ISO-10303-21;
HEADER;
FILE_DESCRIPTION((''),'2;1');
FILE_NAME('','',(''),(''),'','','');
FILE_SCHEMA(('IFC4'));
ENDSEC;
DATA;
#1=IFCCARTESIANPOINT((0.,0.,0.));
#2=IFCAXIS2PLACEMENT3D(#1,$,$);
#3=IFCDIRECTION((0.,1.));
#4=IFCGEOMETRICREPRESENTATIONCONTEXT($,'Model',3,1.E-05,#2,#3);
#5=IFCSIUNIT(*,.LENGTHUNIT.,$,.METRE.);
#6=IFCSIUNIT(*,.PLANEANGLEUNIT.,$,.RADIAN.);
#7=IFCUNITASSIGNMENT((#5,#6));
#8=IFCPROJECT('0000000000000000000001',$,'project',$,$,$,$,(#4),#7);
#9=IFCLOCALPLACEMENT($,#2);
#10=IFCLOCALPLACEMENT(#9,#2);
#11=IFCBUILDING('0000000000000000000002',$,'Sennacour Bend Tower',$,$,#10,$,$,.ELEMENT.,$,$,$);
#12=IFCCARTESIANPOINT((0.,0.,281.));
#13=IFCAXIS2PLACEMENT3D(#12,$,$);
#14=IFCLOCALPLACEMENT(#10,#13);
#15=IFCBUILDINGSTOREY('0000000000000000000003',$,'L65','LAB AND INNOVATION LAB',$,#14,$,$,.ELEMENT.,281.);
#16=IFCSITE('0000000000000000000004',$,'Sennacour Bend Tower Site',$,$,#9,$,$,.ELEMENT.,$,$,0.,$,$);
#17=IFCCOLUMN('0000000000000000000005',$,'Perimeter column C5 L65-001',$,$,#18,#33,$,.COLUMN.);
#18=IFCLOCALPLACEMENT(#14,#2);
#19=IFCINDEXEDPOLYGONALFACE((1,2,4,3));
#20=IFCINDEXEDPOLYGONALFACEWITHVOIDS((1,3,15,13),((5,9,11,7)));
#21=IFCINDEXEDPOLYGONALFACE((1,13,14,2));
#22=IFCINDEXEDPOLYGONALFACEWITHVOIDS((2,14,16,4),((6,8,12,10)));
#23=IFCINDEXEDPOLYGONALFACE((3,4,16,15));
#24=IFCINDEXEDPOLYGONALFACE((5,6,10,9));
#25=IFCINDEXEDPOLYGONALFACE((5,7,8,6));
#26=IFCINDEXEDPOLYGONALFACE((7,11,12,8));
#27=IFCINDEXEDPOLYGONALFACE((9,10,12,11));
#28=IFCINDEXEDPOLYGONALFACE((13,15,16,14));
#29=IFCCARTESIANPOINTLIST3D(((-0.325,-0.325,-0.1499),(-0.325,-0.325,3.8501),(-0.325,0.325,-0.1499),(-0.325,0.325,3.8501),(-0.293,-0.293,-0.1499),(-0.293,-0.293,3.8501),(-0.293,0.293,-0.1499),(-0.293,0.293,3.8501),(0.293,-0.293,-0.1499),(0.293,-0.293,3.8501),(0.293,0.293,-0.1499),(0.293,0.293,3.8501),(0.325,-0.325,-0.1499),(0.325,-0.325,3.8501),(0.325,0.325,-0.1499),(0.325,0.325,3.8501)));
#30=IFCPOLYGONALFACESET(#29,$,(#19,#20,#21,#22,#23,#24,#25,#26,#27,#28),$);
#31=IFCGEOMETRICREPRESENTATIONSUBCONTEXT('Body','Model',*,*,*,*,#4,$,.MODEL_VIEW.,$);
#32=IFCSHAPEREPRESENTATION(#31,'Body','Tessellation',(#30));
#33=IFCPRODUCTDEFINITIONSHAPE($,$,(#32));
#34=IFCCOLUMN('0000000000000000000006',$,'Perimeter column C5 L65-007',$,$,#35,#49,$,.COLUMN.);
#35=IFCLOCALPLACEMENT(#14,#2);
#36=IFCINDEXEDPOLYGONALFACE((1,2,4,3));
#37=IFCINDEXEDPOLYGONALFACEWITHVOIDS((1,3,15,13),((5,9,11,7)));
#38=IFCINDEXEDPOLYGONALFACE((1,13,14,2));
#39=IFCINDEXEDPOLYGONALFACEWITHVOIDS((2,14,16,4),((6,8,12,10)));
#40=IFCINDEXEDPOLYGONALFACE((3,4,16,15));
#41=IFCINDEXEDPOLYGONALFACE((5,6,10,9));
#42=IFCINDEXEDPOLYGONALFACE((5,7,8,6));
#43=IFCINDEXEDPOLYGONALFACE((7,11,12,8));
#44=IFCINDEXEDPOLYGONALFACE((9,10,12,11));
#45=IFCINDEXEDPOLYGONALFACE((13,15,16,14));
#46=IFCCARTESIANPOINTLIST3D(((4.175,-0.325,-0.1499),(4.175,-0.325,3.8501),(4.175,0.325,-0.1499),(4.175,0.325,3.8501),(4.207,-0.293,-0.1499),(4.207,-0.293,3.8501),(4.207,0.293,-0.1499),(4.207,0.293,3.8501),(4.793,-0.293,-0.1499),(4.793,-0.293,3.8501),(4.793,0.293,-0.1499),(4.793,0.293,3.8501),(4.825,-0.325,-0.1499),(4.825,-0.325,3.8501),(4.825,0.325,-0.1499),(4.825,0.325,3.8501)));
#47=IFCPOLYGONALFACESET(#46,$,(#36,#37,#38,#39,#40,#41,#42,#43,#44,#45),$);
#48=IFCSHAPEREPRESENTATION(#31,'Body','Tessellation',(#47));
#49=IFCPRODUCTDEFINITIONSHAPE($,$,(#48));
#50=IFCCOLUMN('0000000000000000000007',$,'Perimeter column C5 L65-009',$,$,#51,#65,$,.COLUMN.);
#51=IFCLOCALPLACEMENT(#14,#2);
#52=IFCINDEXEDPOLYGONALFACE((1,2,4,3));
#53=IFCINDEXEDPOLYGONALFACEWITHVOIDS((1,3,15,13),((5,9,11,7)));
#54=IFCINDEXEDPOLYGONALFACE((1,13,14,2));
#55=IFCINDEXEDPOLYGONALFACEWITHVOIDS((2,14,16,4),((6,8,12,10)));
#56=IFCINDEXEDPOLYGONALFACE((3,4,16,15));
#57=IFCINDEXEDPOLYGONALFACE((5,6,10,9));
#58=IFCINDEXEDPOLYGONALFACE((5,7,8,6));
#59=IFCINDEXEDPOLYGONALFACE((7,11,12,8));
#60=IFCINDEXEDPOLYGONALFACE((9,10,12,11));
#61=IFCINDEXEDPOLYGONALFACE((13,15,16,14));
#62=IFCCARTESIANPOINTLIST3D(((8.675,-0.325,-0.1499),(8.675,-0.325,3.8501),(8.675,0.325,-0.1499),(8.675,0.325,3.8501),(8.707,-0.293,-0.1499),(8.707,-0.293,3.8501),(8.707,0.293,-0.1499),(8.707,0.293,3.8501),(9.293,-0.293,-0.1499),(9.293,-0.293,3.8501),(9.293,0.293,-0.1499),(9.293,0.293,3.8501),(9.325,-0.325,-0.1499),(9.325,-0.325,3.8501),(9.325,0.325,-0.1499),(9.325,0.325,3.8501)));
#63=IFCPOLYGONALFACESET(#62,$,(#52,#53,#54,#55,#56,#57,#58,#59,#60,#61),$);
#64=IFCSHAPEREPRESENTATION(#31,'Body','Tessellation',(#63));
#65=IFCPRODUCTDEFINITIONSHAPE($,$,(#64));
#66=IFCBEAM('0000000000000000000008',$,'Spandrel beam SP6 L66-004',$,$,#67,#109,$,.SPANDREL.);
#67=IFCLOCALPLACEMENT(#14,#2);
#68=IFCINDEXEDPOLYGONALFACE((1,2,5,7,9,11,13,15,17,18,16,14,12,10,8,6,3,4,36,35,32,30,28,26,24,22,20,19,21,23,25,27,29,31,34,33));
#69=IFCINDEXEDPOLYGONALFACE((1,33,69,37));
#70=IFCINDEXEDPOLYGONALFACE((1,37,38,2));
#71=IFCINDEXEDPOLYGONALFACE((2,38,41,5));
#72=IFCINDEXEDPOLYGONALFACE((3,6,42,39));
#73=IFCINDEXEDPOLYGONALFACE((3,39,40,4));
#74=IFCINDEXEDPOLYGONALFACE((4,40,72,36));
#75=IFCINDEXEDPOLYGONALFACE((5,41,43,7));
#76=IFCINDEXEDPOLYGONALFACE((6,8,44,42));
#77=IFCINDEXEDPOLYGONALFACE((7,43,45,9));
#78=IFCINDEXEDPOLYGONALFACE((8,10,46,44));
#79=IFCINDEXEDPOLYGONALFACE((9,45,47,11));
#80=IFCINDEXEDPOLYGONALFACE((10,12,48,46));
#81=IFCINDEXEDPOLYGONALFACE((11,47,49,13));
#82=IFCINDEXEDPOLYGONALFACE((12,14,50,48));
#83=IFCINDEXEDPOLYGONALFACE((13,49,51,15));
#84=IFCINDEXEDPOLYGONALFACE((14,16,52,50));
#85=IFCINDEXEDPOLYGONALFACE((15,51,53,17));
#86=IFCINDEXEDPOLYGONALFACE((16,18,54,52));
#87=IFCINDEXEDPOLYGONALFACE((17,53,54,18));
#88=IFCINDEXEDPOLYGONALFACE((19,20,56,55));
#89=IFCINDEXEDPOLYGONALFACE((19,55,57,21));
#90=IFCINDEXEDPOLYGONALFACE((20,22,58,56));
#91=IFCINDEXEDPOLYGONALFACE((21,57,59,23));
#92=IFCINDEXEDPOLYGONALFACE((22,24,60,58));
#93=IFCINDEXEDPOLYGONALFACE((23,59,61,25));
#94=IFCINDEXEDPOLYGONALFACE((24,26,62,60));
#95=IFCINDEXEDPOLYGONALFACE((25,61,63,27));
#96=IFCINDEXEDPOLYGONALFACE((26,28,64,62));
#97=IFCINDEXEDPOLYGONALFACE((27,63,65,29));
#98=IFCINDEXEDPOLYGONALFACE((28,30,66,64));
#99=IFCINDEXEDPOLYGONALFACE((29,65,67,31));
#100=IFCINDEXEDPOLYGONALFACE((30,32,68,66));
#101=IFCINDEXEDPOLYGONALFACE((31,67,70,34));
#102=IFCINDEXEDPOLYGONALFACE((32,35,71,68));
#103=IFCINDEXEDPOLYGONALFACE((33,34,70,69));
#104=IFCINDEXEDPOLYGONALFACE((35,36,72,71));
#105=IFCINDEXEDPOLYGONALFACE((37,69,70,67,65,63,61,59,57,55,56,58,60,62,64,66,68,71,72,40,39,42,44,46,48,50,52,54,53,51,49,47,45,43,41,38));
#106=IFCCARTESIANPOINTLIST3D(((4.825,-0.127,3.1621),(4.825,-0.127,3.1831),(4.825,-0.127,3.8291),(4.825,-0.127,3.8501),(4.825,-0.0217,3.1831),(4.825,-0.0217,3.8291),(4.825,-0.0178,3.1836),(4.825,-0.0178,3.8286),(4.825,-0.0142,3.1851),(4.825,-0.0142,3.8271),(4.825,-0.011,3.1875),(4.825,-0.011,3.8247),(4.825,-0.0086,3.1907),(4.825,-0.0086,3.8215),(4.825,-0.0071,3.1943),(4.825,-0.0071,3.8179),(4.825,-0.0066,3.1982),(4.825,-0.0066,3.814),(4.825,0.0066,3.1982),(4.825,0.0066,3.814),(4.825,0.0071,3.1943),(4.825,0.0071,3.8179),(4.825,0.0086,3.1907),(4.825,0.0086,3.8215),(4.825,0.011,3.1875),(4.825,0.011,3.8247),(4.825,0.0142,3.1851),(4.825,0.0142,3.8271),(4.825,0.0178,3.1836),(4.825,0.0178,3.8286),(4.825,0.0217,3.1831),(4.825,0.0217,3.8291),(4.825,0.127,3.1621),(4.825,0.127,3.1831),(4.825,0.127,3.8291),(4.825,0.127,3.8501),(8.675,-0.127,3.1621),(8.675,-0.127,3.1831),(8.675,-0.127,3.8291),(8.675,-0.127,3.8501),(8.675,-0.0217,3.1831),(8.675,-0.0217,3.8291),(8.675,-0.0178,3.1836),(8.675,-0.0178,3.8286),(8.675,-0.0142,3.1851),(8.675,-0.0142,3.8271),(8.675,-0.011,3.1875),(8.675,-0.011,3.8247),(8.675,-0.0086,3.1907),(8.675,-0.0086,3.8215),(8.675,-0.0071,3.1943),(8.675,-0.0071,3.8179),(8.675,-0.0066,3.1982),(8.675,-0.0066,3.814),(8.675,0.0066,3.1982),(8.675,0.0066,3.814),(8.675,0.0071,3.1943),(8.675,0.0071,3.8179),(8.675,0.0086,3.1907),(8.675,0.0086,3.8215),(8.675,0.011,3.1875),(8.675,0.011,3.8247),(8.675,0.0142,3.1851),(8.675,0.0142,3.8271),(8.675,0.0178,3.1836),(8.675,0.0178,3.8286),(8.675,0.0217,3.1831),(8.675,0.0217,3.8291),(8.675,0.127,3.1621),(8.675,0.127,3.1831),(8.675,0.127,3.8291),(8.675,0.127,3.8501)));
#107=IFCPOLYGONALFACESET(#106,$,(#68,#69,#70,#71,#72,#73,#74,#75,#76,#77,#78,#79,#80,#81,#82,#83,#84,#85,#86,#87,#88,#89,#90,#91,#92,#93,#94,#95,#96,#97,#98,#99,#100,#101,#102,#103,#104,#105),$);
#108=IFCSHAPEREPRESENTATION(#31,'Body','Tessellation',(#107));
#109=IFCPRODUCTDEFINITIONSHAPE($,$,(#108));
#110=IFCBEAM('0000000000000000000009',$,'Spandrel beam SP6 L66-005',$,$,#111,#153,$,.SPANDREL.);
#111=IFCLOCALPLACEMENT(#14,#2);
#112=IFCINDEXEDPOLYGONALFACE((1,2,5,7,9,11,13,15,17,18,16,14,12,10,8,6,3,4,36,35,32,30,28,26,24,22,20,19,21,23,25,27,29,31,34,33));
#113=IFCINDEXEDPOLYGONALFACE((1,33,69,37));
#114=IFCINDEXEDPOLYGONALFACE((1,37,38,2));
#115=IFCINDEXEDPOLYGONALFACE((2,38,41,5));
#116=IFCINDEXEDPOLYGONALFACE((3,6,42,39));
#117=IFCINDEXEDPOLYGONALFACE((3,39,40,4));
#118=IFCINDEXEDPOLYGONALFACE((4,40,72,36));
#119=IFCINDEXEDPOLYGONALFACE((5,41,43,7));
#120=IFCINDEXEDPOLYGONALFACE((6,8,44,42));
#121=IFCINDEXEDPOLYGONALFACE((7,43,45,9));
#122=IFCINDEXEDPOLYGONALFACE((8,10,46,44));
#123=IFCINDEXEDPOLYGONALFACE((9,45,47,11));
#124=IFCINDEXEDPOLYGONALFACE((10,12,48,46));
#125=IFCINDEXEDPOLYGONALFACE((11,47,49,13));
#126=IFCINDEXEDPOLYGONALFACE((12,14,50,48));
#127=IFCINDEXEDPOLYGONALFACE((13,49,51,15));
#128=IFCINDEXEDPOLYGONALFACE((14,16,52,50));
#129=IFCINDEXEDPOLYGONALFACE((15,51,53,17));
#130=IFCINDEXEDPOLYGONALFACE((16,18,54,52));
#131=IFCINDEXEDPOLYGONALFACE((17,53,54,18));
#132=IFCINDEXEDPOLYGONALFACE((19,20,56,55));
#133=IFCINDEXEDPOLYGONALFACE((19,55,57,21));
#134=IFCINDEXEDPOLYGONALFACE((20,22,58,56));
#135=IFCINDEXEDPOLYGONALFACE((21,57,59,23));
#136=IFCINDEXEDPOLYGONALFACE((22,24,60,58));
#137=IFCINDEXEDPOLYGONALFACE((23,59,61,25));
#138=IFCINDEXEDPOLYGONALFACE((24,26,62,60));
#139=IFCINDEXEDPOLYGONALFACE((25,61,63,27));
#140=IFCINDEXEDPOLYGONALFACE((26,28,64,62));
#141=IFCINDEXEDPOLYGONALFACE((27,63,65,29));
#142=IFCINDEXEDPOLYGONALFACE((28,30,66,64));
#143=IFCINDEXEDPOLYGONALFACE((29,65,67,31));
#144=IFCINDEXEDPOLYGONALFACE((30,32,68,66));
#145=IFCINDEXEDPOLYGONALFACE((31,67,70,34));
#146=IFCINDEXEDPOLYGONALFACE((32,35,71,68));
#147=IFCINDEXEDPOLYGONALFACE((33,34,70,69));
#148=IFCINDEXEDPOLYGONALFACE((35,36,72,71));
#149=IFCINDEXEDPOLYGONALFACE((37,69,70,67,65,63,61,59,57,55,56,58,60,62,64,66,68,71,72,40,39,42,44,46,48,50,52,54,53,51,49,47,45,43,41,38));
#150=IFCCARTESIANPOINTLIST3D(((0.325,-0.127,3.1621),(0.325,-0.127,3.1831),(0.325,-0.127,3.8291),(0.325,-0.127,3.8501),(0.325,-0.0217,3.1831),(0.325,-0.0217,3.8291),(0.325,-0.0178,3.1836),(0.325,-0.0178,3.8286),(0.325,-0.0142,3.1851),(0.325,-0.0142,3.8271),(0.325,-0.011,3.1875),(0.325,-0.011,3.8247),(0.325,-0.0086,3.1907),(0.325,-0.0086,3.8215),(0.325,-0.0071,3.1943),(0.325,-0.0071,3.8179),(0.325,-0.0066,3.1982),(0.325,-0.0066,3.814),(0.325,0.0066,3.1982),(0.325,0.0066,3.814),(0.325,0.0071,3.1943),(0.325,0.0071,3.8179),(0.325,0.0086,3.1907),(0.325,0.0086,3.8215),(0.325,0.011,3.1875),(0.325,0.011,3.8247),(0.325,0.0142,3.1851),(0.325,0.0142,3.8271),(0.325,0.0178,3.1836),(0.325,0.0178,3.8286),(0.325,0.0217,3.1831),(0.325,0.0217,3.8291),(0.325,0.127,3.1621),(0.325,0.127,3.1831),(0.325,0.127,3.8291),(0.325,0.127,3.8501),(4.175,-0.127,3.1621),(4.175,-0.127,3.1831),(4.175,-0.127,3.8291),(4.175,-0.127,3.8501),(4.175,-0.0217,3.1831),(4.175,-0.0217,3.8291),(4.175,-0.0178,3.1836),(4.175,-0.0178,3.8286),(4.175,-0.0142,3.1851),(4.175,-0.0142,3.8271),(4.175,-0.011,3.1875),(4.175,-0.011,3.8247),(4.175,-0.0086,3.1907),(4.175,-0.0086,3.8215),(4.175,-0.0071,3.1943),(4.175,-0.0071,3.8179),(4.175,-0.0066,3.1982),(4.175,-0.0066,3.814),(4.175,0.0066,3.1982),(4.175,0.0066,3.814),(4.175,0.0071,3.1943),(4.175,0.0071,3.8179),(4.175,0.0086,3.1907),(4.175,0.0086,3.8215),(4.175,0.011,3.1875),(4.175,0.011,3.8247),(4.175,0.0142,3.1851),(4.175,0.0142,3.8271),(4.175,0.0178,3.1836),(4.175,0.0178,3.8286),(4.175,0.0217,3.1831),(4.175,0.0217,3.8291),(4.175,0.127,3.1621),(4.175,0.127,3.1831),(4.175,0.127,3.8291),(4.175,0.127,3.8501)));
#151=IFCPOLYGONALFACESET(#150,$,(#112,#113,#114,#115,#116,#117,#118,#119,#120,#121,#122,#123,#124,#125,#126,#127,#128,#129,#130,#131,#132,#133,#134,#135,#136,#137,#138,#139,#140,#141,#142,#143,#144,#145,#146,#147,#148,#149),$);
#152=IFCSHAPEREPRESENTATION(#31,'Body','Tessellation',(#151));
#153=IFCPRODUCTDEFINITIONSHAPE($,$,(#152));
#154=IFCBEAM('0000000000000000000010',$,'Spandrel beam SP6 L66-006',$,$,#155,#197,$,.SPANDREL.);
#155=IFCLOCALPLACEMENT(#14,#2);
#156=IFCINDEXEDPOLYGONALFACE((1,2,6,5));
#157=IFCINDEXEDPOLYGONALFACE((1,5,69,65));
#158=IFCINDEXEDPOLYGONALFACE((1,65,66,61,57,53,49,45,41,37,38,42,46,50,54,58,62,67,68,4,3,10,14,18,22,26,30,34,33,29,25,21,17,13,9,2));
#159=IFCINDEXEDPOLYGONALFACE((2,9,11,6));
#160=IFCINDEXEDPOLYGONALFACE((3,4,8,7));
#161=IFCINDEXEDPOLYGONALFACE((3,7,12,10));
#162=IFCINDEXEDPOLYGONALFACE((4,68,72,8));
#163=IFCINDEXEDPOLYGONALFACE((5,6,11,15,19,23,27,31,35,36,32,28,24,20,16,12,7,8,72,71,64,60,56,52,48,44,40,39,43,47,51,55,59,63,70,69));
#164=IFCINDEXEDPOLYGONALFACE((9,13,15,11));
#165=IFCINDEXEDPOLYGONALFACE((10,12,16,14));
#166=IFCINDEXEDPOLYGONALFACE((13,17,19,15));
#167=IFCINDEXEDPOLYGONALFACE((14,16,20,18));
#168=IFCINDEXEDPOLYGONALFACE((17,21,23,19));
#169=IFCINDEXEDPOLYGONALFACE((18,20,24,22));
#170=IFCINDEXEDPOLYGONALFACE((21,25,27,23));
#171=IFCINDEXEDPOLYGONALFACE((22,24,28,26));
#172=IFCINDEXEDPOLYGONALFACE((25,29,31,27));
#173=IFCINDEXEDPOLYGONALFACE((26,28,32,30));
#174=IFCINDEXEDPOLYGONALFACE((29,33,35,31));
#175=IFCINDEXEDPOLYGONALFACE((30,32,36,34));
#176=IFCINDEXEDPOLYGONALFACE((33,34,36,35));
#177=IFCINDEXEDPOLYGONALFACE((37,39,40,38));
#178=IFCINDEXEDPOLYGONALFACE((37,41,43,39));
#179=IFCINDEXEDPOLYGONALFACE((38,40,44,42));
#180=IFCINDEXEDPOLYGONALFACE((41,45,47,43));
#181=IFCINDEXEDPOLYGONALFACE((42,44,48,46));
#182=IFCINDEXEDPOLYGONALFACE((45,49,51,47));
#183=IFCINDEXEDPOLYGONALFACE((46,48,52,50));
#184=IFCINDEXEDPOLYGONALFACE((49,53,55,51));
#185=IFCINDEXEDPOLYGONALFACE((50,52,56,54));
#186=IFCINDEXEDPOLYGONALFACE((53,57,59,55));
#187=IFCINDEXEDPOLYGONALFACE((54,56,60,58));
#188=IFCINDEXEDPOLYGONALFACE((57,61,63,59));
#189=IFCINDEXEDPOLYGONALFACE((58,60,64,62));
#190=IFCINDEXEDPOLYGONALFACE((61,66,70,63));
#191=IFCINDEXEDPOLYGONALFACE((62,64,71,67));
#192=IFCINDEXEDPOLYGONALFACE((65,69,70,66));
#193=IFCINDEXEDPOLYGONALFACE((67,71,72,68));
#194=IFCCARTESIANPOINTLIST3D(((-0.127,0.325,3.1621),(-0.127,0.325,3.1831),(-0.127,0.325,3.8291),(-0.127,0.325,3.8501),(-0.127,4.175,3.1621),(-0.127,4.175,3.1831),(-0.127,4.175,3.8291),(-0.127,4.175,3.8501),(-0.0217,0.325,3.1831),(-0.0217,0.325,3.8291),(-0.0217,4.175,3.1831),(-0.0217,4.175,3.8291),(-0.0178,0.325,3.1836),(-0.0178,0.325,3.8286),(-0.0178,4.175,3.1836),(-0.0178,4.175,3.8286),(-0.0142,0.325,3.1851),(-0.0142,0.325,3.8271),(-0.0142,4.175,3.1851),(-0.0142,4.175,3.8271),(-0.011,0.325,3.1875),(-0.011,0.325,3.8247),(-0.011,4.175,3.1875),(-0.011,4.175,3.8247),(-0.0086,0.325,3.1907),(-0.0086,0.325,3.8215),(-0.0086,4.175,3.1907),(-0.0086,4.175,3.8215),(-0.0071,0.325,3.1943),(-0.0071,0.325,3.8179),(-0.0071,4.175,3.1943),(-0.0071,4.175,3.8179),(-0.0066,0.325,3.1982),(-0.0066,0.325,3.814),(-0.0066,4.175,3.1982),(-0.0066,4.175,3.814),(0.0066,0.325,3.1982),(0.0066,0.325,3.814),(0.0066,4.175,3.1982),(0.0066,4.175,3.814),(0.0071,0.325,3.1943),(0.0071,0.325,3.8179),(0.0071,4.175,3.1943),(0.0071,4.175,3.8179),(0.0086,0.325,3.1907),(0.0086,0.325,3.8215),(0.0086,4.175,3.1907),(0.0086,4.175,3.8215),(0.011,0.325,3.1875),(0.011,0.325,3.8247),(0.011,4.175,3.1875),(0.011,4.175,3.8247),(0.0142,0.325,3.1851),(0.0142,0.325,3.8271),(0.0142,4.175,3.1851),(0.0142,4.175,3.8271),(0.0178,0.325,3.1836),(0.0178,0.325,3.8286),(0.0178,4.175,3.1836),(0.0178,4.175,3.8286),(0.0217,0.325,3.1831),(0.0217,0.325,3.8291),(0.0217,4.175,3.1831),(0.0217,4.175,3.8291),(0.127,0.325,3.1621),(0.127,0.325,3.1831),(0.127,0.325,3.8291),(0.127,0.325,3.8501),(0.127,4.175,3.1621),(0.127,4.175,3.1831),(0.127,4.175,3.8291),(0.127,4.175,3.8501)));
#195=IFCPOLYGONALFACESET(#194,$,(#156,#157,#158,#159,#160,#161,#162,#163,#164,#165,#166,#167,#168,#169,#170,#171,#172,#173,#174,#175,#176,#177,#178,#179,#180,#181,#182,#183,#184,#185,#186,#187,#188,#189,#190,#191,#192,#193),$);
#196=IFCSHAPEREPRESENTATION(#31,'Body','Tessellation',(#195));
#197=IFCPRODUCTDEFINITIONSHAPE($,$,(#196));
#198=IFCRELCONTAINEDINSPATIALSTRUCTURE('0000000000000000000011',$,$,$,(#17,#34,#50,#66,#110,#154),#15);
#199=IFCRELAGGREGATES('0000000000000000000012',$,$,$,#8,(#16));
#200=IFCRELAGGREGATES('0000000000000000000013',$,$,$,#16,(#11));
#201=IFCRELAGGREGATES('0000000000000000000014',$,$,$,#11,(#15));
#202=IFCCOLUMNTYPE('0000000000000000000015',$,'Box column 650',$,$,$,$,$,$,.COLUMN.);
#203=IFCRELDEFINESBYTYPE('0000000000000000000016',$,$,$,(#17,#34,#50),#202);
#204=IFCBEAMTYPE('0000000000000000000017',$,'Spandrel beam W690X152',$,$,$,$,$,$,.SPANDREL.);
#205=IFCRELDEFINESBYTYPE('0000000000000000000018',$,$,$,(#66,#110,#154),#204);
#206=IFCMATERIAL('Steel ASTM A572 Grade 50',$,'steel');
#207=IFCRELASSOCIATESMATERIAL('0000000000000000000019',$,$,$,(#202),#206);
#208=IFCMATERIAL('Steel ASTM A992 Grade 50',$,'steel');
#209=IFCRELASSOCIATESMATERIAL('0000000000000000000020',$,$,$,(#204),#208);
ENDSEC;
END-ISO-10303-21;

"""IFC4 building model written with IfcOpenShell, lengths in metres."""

from ifc_helpers import new_model, si_unit, direction, frame, origin, origin_2d, place, context, subcontext, project, spatial, hollow_rectangle, i_section, extrude, material, material_profile, profile_set, type_object, element, save


model = new_model("IFC4")

# Units and contexts
model_context = context("Model", 3, precision=1e-05, world=origin(), true_north=direction((0.0, 1.0)))
body_context = subcontext(model_context, "Body", "Model", "MODEL_VIEW")
ifc_project = project(units=[si_unit("LENGTHUNIT", "METRE"), si_unit("PLANEANGLEUNIT", "RADIAN")], contexts=[model_context])

# Site, building, storey
site_placement = place(None, origin())
site = spatial("IfcSite", under=ifc_project, at=site_placement, Name="Sennacour Bend Tower Site", CompositionType="ELEMENT", RefElevation=0.0)
building_placement = place(site_placement, origin())
building = spatial("IfcBuilding", under=site, at=building_placement, Name="Sennacour Bend Tower", CompositionType="ELEMENT")
storey_placement = place(building_placement, frame((0.0, 0.0, 281.0)))
storey = spatial("IfcBuildingStorey", under=building, at=storey_placement, Name="L65", Description="LAB AND INNOVATION LAB", CompositionType="ELEMENT", Elevation=281.0)

# Columns
ifc_material_1 = material(Name="Steel ASTM A572 Grade 50", Category="steel")
ifc_material_profile_1 = material_profile(ifc_material_1, hollow_rectangle(XDim=0.6499, YDim=0.6499, WallThickness=0.032, at=origin_2d()), Name="Steel ASTM A572 Grade 50", Category="steel")
ifc_profile_set_1 = profile_set([ifc_material_profile_1], Name="Steel ASTM A572 Grade 50")
column_type = type_object("IfcColumnType", Name="Box column 650", PredefinedType="COLUMN", material=ifc_profile_set_1)
for number, where, z_axis, x_axis, name in (
    (1, (0.0, 0.0, -0.1499), (0.0, 0.0, 1.0), (1.0, 0.0, 0.0), "Perimeter column C5 L65-001"),
    (2, (4.5, 0.0, -0.1499), (0.0, 0.0, 1.0), (1.0, 0.0, 0.0), "Perimeter column C5 L65-007"),
    (3, (9.0, 0.0, -0.1499), (0.0, 0.0, 1.0), (1.0, 0.0, 0.0), "Perimeter column C5 L65-009"),
):
    element("IfcColumn", number, at=place(storey_placement, frame(where, z_axis=z_axis, x_axis=x_axis)), inside=storey, type_object=column_type, Name=name, PredefinedType="COLUMN", context=body_context, shape_type="SweptSolid", body=[
        extrude(hollow_rectangle(XDim=0.6499, YDim=0.6499, WallThickness=0.032, at=origin_2d()), origin(), (0.0, 0.0, 1.0), 4.0),
    ])

# Beams
ifc_material_2 = material(Name="Steel ASTM A992 Grade 50", Category="steel")
ifc_material_profile_2 = material_profile(ifc_material_2, i_section(OverallWidth=0.2539, OverallDepth=0.688, WebThickness=0.0132, FlangeThickness=0.021, FilletRadius=0.0151, at=origin_2d()), Name="Steel ASTM A992 Grade 50", Category="steel")
ifc_profile_set_2 = profile_set([ifc_material_profile_2], Name="Steel ASTM A992 Grade 50")
beam_type = type_object("IfcBeamType", Name="Spandrel beam W690X152", PredefinedType="SPANDREL", material=ifc_profile_set_2)
for number, where, z_axis, x_axis, name in (
    (4, (8.675, 0.0, 3.5061), (-1.0, 0.0, 0.0), (0.0, -1.0, 0.0), "Spandrel beam SP6 L66-004"),
    (5, (4.175, 0.0, 3.5061), (-1.0, 0.0, 0.0), (0.0, -1.0, 0.0), "Spandrel beam SP6 L66-005"),
    (6, (0.0, 0.325, 3.5061), (0.0, 1.0, 0.0), (-1.0, 0.0, 0.0), "Spandrel beam SP6 L66-006"),
):
    element("IfcBeam", number, at=place(storey_placement, frame(where, z_axis=z_axis, x_axis=x_axis)), inside=storey, type_object=beam_type, Name=name, PredefinedType="SPANDREL", context=body_context, shape_type="SweptSolid", body=[
        extrude(i_section(OverallWidth=0.2539, OverallDepth=0.688, WebThickness=0.0132, FlangeThickness=0.021, FilletRadius=0.0151, at=origin_2d()), origin(), (0.0, 0.0, 1.0), 3.8501),
    ])

save(model, "model.ifc")
